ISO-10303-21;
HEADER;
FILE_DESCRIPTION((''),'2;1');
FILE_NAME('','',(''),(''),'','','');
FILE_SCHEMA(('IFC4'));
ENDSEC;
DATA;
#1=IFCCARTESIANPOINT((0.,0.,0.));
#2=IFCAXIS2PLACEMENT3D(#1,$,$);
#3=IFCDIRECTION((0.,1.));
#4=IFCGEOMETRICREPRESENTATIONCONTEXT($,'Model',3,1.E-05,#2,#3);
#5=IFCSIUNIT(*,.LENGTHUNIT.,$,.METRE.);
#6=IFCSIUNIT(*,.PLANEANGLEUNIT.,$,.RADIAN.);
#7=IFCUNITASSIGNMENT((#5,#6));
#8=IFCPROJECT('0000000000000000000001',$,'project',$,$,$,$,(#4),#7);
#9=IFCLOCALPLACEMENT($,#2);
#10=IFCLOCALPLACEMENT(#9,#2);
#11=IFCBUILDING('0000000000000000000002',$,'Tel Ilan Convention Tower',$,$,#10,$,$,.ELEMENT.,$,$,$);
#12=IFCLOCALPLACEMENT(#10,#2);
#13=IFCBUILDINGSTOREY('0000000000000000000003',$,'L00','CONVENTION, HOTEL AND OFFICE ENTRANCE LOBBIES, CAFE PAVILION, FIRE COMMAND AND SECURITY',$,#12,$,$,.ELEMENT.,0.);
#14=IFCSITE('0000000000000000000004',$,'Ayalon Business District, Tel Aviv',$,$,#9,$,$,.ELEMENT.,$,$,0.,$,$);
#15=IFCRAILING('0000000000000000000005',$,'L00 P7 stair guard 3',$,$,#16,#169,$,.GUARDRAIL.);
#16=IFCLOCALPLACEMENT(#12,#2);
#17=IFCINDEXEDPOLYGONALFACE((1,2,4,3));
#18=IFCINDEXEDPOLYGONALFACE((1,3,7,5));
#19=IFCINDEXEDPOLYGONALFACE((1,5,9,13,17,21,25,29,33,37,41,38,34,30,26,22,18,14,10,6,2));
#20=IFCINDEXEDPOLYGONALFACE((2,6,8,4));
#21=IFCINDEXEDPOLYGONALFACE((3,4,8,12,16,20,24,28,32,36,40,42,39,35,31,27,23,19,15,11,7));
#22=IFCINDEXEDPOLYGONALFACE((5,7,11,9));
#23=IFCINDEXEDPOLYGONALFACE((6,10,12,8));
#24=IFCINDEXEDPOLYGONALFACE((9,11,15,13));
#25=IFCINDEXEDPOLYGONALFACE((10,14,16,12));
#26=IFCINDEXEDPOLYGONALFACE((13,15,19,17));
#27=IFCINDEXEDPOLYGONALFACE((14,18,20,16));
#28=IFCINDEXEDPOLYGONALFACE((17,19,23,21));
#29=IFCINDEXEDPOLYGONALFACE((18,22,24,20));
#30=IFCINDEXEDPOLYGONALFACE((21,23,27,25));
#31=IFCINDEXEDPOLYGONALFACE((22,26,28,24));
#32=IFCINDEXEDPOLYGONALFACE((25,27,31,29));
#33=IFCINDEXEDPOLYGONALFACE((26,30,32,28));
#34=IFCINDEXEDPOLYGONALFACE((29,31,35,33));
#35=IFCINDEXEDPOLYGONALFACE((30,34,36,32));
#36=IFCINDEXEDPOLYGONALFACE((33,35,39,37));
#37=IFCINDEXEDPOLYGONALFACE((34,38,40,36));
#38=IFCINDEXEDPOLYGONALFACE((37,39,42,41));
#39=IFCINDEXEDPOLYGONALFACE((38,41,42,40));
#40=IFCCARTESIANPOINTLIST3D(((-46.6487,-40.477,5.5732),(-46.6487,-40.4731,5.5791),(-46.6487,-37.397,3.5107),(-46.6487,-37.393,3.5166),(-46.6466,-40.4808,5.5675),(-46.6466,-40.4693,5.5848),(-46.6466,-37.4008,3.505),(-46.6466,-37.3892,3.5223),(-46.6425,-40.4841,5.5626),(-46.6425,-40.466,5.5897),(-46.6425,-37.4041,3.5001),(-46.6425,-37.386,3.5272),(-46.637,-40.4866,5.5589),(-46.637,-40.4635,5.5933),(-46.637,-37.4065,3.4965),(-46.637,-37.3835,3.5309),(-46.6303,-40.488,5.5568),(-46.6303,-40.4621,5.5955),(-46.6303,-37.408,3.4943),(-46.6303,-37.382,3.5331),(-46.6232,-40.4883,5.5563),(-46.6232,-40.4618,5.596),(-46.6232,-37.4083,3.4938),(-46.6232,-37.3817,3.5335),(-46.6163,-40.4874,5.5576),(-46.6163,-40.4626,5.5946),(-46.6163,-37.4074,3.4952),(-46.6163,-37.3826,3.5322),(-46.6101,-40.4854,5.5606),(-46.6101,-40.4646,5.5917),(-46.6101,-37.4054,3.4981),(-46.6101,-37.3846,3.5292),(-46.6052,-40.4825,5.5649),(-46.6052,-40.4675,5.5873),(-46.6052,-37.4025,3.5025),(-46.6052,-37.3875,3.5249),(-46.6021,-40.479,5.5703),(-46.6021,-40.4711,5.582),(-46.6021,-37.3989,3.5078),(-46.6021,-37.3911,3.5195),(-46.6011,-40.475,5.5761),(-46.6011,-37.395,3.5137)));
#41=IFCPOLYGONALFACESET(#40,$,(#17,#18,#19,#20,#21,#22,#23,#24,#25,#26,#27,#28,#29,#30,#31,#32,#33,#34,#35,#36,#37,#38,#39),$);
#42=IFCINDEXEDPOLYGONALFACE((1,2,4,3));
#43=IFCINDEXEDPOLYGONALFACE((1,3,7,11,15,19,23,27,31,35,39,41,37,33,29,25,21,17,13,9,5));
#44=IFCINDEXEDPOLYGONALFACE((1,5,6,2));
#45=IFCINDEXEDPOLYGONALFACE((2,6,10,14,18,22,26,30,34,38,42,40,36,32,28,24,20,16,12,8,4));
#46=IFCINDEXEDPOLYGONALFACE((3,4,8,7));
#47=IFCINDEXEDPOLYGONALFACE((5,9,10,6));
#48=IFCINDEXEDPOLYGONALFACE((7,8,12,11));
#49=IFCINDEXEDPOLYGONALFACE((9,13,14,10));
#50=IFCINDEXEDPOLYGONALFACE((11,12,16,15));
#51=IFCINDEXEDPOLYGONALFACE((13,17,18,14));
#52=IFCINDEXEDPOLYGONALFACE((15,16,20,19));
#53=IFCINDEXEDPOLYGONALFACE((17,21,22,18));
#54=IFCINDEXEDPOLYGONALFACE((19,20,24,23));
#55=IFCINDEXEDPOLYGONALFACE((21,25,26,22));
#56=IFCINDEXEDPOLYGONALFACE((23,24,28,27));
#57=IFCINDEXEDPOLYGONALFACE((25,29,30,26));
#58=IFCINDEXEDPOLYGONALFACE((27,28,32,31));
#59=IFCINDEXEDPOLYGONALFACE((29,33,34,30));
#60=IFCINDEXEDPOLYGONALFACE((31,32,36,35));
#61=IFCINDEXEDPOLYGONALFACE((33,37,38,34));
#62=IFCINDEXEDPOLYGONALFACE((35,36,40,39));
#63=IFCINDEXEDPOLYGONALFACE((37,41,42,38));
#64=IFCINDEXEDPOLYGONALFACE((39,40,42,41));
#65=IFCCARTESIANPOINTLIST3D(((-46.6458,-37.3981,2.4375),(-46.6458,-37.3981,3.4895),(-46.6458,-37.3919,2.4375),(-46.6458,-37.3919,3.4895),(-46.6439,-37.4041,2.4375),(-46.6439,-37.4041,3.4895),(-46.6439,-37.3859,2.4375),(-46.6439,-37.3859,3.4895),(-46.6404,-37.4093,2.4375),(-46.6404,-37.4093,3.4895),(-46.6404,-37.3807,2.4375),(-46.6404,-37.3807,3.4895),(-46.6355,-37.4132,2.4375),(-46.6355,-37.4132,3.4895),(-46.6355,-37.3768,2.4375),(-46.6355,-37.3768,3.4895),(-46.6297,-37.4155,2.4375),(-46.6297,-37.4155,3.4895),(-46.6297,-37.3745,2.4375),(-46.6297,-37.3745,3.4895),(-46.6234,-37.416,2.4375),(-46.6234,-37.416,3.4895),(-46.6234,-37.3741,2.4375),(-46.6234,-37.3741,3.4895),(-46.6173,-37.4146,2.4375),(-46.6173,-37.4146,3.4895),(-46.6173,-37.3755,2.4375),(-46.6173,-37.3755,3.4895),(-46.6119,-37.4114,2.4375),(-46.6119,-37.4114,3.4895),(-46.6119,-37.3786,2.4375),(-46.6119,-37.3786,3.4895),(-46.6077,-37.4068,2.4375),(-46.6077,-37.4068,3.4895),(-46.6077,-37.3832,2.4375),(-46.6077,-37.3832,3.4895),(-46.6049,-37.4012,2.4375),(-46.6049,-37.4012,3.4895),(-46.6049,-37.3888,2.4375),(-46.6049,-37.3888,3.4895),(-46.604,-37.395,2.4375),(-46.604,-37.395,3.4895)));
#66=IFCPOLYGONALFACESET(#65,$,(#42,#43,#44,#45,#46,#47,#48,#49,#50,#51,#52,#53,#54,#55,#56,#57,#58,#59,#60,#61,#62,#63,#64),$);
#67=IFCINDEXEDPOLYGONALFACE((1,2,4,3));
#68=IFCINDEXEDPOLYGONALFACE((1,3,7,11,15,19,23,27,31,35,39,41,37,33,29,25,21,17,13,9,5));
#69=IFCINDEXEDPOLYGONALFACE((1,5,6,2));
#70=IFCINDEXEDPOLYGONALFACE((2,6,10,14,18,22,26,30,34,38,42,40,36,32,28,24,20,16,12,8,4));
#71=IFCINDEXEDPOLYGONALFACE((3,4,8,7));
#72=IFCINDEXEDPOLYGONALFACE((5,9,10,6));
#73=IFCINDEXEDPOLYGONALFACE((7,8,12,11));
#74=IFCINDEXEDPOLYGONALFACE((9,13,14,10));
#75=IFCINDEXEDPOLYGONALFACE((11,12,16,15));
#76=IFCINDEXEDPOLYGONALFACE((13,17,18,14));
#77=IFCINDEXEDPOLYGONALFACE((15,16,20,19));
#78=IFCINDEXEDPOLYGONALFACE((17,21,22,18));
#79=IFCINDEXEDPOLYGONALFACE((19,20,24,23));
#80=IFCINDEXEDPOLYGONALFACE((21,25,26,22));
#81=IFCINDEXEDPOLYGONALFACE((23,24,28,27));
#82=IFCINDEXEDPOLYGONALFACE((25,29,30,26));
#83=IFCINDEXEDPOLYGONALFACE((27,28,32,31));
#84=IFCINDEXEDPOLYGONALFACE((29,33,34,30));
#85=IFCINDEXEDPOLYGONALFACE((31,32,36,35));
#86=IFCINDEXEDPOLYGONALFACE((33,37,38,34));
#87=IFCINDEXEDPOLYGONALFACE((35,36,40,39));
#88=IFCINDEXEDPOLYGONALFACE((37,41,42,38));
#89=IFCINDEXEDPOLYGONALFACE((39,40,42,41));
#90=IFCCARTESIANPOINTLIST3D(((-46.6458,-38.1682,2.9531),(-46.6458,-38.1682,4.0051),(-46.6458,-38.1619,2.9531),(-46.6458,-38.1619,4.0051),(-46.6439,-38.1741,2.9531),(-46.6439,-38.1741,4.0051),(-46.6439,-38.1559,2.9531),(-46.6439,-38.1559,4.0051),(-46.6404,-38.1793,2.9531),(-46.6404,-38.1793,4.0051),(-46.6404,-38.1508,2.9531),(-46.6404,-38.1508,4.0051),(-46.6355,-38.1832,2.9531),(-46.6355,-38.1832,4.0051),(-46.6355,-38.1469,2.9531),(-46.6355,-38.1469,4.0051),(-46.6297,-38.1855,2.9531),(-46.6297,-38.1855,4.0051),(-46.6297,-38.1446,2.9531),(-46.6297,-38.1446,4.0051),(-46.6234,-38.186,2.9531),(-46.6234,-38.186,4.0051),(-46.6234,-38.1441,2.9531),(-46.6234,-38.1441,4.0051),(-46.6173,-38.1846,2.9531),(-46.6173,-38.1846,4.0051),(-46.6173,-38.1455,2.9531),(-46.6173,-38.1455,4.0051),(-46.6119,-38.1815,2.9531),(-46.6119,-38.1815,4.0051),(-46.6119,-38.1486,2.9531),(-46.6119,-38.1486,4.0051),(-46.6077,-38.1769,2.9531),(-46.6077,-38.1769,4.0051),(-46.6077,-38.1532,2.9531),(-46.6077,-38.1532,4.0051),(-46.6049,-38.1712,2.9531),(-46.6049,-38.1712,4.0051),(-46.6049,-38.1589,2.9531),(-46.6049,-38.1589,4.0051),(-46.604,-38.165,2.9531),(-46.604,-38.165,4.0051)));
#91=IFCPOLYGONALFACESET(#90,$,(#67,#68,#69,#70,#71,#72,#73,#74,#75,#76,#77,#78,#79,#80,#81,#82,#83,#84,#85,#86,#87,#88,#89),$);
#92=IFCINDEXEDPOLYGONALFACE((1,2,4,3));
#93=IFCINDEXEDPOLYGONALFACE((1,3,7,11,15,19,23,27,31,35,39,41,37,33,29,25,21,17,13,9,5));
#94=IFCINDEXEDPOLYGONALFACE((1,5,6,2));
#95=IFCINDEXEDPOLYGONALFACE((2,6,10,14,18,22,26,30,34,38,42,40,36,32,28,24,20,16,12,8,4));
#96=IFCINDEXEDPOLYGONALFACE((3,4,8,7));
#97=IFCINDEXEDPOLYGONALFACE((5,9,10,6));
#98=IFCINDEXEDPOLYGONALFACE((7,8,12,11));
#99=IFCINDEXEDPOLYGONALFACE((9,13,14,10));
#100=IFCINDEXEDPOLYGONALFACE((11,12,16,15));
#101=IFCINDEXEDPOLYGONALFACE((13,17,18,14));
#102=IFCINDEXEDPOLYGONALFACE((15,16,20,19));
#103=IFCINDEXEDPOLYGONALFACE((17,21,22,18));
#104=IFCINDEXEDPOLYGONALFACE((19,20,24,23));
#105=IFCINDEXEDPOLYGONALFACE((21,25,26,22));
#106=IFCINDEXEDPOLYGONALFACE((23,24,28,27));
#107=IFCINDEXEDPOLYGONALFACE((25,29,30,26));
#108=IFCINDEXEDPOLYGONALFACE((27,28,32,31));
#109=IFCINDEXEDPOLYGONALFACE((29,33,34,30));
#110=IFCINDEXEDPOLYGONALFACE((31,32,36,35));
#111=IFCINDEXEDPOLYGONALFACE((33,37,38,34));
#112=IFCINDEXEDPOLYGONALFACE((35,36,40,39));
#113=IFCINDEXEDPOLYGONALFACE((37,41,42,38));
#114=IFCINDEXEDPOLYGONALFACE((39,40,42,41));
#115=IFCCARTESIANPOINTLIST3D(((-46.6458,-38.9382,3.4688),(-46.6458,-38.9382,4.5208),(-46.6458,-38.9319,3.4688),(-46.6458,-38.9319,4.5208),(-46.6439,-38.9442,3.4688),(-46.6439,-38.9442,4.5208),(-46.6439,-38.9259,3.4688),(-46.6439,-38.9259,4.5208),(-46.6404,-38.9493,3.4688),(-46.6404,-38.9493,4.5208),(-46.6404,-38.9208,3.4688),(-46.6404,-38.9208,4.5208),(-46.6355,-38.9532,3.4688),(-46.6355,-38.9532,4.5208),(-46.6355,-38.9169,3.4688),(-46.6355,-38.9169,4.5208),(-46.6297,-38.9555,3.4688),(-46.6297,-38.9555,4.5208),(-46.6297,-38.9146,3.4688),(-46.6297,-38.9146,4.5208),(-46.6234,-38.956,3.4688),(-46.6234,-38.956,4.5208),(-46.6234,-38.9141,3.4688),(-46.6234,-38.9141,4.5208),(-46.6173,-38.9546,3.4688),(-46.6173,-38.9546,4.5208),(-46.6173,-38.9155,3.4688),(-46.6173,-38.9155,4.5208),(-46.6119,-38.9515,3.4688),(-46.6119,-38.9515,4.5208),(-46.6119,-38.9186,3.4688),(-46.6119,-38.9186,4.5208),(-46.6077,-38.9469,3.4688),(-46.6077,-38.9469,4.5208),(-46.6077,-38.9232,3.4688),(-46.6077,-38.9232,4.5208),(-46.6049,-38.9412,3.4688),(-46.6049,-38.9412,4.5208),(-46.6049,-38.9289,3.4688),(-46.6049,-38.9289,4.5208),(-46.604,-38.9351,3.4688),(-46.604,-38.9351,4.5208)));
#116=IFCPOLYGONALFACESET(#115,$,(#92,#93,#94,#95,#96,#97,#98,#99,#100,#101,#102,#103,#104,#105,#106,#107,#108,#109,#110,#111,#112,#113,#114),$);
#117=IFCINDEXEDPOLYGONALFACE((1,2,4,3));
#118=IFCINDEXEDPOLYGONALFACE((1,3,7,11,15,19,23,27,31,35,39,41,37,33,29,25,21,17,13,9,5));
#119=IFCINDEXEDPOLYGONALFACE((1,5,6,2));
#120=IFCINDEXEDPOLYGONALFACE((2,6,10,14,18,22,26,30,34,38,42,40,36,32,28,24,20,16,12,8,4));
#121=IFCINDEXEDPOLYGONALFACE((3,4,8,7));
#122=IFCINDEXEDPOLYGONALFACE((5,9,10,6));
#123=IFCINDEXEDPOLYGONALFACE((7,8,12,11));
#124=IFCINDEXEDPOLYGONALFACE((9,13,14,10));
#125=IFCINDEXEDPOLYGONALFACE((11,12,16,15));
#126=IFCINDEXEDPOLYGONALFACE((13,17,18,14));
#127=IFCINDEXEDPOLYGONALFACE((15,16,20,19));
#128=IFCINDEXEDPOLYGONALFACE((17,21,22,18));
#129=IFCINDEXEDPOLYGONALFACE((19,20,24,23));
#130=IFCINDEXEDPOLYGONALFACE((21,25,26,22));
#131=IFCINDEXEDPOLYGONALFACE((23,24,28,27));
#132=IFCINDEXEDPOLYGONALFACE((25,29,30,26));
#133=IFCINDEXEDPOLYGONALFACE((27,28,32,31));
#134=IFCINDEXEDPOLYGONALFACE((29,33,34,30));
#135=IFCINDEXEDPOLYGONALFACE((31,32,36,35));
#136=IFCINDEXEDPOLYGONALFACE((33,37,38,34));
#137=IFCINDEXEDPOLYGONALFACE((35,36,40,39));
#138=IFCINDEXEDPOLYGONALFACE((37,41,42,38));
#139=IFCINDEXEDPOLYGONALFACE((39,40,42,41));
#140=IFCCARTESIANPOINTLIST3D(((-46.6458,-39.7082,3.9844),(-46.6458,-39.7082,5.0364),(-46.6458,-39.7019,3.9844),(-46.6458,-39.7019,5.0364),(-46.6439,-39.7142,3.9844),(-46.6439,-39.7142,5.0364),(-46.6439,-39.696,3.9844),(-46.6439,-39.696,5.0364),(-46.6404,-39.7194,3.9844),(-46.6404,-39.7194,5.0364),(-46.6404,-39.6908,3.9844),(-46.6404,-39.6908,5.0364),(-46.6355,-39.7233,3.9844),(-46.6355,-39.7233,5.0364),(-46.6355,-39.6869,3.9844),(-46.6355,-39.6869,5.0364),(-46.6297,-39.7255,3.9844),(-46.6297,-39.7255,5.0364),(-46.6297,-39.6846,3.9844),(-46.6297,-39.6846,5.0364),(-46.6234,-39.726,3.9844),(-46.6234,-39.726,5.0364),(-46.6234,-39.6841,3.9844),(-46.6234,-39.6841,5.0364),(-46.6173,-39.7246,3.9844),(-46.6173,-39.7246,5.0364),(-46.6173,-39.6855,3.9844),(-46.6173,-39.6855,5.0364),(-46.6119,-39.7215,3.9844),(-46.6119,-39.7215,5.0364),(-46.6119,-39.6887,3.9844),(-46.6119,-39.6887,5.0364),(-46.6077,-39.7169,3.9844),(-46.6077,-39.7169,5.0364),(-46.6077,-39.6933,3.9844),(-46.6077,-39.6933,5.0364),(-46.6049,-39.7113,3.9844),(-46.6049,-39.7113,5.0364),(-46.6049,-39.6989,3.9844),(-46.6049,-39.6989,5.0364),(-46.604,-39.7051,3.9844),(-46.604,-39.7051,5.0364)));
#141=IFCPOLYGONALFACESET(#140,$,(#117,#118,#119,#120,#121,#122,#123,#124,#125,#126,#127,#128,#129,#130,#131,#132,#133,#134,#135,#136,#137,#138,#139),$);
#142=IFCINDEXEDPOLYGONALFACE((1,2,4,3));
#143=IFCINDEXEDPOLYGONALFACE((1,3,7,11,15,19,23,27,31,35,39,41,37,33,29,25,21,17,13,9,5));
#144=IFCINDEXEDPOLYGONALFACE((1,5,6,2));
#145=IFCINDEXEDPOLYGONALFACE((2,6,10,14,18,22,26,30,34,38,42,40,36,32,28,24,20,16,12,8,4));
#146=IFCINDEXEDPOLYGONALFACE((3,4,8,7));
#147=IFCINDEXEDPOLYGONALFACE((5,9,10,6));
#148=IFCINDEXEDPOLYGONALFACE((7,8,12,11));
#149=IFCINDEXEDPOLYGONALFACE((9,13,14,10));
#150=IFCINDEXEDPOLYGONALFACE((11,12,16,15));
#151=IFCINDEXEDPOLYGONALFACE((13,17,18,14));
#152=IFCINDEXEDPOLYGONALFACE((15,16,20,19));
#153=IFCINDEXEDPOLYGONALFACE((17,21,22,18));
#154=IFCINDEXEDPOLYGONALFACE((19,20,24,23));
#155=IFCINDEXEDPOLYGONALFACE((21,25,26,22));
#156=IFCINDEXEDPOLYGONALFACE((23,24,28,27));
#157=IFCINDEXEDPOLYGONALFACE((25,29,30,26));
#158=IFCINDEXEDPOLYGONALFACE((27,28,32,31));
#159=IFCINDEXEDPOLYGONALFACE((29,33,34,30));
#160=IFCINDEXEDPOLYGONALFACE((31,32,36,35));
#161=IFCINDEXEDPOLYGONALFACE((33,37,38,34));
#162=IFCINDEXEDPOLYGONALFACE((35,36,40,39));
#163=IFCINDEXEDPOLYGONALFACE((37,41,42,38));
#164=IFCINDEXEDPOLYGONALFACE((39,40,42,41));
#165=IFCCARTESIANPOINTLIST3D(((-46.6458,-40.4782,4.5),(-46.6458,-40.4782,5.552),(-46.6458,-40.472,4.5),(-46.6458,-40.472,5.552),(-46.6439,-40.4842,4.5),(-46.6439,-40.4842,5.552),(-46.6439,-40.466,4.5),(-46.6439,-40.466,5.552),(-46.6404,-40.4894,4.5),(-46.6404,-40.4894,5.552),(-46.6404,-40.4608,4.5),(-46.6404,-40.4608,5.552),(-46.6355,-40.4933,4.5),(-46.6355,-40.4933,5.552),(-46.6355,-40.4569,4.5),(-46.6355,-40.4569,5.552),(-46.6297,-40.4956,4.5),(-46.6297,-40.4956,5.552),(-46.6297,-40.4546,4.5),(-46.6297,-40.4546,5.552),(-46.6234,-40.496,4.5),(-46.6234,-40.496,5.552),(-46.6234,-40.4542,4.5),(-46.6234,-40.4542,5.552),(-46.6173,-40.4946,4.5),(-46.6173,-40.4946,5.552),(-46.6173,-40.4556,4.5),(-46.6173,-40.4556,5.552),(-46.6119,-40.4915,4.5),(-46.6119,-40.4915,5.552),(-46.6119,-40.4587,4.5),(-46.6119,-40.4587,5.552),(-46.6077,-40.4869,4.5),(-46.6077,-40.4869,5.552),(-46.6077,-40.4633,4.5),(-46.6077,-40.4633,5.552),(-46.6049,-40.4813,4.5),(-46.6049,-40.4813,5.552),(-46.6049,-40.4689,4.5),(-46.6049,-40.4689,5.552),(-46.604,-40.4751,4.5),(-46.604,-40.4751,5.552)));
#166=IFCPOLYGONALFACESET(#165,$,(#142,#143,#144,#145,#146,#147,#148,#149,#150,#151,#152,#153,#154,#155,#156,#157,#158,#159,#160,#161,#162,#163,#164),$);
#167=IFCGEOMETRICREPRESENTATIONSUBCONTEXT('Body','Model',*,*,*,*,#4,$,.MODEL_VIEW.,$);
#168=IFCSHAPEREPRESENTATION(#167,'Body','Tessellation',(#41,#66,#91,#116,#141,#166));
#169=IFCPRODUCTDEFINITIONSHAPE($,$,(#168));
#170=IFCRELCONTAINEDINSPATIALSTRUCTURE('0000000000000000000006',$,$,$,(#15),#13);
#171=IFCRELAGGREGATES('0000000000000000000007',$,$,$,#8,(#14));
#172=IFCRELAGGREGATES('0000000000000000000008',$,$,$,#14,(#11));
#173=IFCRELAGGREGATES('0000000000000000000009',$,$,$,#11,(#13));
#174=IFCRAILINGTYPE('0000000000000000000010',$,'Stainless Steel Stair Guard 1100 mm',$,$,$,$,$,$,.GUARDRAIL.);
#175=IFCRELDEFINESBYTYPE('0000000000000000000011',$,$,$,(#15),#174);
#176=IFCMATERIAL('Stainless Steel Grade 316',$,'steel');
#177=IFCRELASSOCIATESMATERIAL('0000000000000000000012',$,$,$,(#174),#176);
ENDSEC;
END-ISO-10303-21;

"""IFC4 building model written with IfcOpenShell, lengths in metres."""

from ifc_helpers import new_model, si_unit, direction, frame, origin, origin_2d, place, context, subcontext, project, spatial, circle, extrude, material, type_object, element, save


model = new_model("IFC4")

# Units and contexts
model_context = context("Model", 3, precision=1e-05, world=origin(), true_north=direction((0.0, 1.0)))
body_context = subcontext(model_context, "Body", "Model", "MODEL_VIEW")
ifc_project = project(units=[si_unit("LENGTHUNIT", "METRE"), si_unit("PLANEANGLEUNIT", "RADIAN")], contexts=[model_context])

# Site, building, storey
site_placement = place(None, origin())
site = spatial("IfcSite", under=ifc_project, at=site_placement, Name="Ayalon Business District, Tel Aviv", CompositionType="ELEMENT", RefElevation=0.0)
building_placement = place(site_placement, origin())
building = spatial("IfcBuilding", under=site, at=building_placement, Name="Tel Ilan Convention Tower", CompositionType="ELEMENT")
storey_placement = place(building_placement, origin())
storey = spatial("IfcBuildingStorey", under=building, at=storey_placement, Name="L00", Description="CONVENTION, HOTEL AND OFFICE ENTRANCE LOBBIES, CAFE PAVILION, FIRE COMMAND AND SECURITY", CompositionType="ELEMENT", Elevation=0.0)

# Railing
ifc_material_1 = material(Name="Stainless Steel Grade 316", Category="steel")
railing_type_1 = type_object("IfcRailingType", Name="Stainless Steel Stair Guard 1100 mm", PredefinedType="GUARDRAIL", material=ifc_material_1)
railing_1_placement = place(storey_placement, frame((-46.625, -37.395, 2.4375)))
element("IfcRailing", 1, at=railing_1_placement, inside=storey, type_object=railing_type_1, Name="L00 P7 stair guard 3", PredefinedType="GUARDRAIL", context=body_context, shape_type="SweptSolid", body=[
    extrude(circle(Radius=0.0239, at=origin_2d()), frame((0.0, 0.0, 1.0762), z_axis=(0.0, -0.830914, 0.556401), x_axis=(1.0, 0.0, 0.0)), (0.0, 0.0, 1.0), 3.7068),
    extrude(circle(Radius=0.021, at=origin_2d()), origin(), (0.0, 0.0, 1.0), 1.052),
    extrude(circle(Radius=0.021, at=origin_2d()), frame((0.0, -0.77, 0.5156)), (0.0, 0.0, 1.0), 1.052),
    extrude(circle(Radius=0.021, at=origin_2d()), frame((0.0, -1.54, 1.0312)), (0.0, 0.0, 1.0), 1.052),
    extrude(circle(Radius=0.021, at=origin_2d()), frame((0.0, -2.3101, 1.5469)), (0.0, 0.0, 1.0), 1.052),
    extrude(circle(Radius=0.021, at=origin_2d()), frame((0.0, -3.0801, 2.0625)), (0.0, 0.0, 1.0), 1.052),
])

save(model, "model.ifc")
